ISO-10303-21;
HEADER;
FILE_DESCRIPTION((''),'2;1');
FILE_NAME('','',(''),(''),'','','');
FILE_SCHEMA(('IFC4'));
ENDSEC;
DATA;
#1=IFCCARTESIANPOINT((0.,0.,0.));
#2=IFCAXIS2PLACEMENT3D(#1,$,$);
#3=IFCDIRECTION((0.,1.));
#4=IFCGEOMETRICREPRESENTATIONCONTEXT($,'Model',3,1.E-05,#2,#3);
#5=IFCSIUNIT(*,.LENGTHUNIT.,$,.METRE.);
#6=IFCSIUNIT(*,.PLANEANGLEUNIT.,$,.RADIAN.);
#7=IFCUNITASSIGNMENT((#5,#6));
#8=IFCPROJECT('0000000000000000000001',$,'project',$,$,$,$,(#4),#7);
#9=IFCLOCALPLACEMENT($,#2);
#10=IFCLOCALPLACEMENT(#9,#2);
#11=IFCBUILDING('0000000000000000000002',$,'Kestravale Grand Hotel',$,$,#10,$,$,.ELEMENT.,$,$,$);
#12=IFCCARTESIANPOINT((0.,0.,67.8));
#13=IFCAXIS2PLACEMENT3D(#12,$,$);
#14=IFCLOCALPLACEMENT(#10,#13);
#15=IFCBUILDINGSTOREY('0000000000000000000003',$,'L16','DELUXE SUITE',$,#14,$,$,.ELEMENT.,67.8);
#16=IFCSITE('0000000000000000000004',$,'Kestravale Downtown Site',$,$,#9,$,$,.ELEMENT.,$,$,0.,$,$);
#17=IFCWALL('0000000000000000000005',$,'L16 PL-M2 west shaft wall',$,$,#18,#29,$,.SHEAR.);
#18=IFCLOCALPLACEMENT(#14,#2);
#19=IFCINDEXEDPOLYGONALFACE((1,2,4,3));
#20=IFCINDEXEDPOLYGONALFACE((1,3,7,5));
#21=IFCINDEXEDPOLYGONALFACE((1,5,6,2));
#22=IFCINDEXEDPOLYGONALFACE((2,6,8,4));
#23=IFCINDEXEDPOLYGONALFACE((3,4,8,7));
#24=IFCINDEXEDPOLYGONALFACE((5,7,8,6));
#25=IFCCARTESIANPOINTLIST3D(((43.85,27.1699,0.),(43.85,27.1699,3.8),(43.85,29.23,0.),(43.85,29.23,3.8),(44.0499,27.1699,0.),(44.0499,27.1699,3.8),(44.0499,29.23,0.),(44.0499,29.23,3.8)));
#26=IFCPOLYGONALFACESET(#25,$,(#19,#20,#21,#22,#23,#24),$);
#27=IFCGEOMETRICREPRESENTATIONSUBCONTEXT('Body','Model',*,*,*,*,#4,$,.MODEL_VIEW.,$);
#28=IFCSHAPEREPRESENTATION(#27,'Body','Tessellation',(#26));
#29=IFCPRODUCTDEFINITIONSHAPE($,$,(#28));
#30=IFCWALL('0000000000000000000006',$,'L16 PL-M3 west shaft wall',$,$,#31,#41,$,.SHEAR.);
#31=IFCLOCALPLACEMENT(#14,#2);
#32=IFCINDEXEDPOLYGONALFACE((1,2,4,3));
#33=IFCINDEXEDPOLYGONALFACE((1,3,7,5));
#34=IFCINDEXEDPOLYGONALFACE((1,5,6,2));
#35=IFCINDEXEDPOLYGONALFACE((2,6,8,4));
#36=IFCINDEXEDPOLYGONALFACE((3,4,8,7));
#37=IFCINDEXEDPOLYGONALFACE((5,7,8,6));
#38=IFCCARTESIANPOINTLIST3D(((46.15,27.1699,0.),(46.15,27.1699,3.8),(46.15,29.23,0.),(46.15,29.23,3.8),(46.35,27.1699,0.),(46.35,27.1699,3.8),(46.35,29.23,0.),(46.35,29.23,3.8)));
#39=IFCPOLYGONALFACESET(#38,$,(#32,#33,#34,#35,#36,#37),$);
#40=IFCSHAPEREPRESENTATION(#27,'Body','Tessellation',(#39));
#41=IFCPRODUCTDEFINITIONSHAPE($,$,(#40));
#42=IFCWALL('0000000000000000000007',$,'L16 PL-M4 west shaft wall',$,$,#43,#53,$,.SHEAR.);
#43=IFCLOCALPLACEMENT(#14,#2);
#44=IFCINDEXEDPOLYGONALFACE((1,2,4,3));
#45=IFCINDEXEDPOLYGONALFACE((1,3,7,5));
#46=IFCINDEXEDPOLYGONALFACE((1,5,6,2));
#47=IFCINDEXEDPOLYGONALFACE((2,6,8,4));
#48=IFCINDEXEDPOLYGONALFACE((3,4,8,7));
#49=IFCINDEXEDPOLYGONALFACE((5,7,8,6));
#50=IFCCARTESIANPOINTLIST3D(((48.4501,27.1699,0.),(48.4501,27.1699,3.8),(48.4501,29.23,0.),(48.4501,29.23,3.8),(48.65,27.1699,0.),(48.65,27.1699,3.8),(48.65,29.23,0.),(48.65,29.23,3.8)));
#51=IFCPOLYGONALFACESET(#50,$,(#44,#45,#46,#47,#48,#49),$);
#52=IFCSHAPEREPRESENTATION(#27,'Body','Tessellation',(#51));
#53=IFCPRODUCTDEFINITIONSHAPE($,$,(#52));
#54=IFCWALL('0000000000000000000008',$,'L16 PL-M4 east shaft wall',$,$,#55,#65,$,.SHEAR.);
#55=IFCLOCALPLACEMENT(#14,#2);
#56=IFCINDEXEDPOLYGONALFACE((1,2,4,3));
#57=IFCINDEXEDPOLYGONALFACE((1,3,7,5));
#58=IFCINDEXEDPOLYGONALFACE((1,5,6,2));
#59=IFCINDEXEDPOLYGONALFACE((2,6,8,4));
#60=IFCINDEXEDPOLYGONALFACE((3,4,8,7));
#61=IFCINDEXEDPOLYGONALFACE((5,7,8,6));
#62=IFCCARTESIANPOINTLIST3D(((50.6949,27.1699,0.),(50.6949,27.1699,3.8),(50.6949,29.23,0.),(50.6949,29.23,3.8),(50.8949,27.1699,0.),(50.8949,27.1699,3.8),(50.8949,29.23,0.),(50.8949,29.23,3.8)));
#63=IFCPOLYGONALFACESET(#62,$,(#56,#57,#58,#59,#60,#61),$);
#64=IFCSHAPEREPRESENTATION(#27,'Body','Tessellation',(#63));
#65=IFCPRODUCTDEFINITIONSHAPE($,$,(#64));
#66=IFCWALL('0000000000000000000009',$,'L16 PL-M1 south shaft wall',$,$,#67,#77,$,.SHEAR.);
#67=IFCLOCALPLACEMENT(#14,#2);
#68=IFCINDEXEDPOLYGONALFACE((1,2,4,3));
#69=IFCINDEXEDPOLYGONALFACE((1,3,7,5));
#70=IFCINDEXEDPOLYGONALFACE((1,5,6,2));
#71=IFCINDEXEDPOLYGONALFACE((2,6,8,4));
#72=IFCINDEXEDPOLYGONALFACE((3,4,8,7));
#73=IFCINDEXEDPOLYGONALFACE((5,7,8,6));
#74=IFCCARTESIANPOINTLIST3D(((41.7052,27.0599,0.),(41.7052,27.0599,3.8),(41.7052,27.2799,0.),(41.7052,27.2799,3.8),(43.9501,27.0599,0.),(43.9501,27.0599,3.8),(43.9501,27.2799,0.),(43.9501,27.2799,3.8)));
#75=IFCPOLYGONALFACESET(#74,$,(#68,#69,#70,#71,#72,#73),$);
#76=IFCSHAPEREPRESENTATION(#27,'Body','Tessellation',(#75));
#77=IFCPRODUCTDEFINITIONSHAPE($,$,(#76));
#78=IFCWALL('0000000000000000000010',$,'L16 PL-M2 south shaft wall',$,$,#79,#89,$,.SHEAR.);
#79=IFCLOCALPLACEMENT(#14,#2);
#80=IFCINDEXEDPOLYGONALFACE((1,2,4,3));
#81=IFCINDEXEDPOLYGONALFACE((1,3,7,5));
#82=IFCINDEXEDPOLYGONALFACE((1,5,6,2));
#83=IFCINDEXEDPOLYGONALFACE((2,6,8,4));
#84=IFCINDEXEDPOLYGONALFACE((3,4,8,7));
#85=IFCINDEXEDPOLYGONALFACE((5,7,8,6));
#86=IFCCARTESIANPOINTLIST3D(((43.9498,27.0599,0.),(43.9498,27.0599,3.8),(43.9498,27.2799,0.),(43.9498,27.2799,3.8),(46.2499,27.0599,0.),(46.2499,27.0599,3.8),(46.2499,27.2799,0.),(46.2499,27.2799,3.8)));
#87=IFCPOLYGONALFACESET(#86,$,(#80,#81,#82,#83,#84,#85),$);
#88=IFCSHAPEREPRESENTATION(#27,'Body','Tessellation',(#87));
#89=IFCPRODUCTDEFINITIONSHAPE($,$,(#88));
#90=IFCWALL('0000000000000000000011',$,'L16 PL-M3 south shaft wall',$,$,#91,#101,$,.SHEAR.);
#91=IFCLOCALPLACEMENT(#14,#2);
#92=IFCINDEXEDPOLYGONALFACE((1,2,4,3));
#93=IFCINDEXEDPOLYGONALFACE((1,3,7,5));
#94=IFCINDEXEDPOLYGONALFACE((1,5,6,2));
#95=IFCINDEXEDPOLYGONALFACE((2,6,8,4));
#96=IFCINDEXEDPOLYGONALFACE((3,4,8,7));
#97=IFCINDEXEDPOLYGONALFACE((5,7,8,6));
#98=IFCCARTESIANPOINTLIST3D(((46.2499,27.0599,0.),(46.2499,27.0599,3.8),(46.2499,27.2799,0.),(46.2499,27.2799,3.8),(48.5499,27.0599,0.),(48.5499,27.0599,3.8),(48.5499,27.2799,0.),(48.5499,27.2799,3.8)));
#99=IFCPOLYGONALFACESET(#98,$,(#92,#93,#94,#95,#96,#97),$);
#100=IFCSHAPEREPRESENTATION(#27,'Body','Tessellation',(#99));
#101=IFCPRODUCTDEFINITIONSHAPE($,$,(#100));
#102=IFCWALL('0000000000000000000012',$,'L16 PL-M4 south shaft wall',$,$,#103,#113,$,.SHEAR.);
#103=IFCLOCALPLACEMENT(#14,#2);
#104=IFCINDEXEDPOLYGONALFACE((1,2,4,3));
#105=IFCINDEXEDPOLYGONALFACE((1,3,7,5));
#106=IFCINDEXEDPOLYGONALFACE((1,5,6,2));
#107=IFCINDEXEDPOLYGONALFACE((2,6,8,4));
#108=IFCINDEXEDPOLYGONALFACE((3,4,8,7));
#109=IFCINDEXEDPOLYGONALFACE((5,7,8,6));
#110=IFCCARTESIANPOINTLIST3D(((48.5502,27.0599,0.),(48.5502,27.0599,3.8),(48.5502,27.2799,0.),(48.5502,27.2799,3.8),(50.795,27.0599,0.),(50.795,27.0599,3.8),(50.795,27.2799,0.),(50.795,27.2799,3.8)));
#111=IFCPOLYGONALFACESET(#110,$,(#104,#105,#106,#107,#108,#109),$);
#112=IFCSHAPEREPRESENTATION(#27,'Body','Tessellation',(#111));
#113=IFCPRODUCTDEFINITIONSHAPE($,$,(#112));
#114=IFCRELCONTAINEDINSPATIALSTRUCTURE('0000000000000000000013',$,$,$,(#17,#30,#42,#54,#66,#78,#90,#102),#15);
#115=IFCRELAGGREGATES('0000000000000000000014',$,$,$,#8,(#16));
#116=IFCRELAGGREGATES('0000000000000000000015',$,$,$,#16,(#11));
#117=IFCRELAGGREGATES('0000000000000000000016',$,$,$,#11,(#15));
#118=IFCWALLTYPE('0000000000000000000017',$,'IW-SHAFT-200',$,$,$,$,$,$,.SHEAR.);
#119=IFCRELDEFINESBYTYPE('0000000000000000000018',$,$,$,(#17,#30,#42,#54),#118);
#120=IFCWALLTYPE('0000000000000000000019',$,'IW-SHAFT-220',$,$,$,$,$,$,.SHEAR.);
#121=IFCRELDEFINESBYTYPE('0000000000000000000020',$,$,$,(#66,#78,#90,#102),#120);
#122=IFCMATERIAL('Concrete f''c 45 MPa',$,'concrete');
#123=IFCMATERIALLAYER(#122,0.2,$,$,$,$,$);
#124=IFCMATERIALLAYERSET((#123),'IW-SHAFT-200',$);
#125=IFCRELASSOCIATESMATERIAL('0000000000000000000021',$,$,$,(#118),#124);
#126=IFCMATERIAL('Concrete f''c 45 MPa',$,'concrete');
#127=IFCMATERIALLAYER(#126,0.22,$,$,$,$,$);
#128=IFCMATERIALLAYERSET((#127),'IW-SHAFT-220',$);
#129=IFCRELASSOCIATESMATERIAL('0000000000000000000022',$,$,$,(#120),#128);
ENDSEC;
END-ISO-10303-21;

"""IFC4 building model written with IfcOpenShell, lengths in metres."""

from ifc_helpers import new_model, si_unit, direction, frame, frame_2d, origin, place, context, subcontext, project, spatial, rectangle, extrude, material, layer, layer_set, type_object, element, save


model = new_model("IFC4")

# Units and contexts
model_context = context("Model", 3, precision=1e-05, world=origin(), true_north=direction((0.0, 1.0)))
body_context = subcontext(model_context, "Body", "Model", "MODEL_VIEW")
ifc_project = project(units=[si_unit("LENGTHUNIT", "METRE"), si_unit("PLANEANGLEUNIT", "RADIAN")], contexts=[model_context])

# Site, building, storey
site_placement = place(None, origin())
site = spatial("IfcSite", under=ifc_project, at=site_placement, Name="Kestravale Downtown Site", CompositionType="ELEMENT", RefElevation=0.0)
building_placement = place(site_placement, origin())
building = spatial("IfcBuilding", under=site, at=building_placement, Name="Kestravale Grand Hotel", CompositionType="ELEMENT")
storey_placement = place(building_placement, frame((0.0, 0.0, 67.8)))
storey = spatial("IfcBuildingStorey", under=building, at=storey_placement, Name="L16", Description="DELUXE SUITE", CompositionType="ELEMENT", Elevation=67.8)

# Walls
ifc_material_1 = material(Name="Concrete f'c 45 MPa", Category="concrete")
ifc_layer_1 = layer(ifc_material_1, 0.2)
ifc_layer_set_1 = layer_set([ifc_layer_1], Name="IW-SHAFT-200")
wall_type_1 = type_object("IfcWallType", Name="IW-SHAFT-200", PredefinedType="SHEAR", material=ifc_layer_set_1)
for number, where, z_axis, x_axis, name in (
    (1, (43.95, 27.1699, 0.0), (0.0, 0.0, 1.0), (0.0, 1.0, 0.0), "L16 PL-M2 west shaft wall"),
    (2, (46.25, 27.1699, 0.0), (0.0, 0.0, 1.0), (0.0, 1.0, 0.0), "L16 PL-M3 west shaft wall"),
    (3, (48.55, 27.1699, 0.0), (0.0, 0.0, 1.0), (0.0, 1.0, 0.0), "L16 PL-M4 west shaft wall"),
    (4, (50.7949, 27.1699, 0.0), (0.0, 0.0, 1.0), (0.0, 1.0, 0.0), "L16 PL-M4 east shaft wall"),
):
    element("IfcWall", number, at=place(storey_placement, frame(where, z_axis=z_axis, x_axis=x_axis)), inside=storey, type_object=wall_type_1, Name=name, PredefinedType="SHEAR", context=body_context, shape_type="SweptSolid", body=[
        extrude(rectangle(XDim=2.0601, YDim=0.2, at=frame_2d((1.03, 0.0))), origin(), (0.0, 0.0, 1.0), 3.8),
    ])
ifc_material_2 = material(Name="Concrete f'c 45 MPa", Category="concrete")
ifc_layer_2 = layer(ifc_material_2, 0.22)
ifc_layer_set_2 = layer_set([ifc_layer_2], Name="IW-SHAFT-220")
wall_type_2 = type_object("IfcWallType", Name="IW-SHAFT-220", PredefinedType="SHEAR", material=ifc_layer_set_2)
wall_1_placement = place(storey_placement, frame((41.7051, 27.1699, 0.0), z_axis=(0.0, 0.0, 1.0), x_axis=(1.0, 0.0, 0.0)))
element("IfcWall", 5, at=wall_1_placement, inside=storey, type_object=wall_type_2, Name="L16 PL-M1 south shaft wall", PredefinedType="SHEAR", context=body_context, shape_type="SweptSolid", body=[
    extrude(rectangle(XDim=2.2449, YDim=0.22, at=frame_2d((1.1226, 0.0))), origin(), (0.0, 0.0, 1.0), 3.8),
])
for number, where, z_axis, x_axis, name in (
    (6, (43.95, 27.1699, 0.0), (0.0, 0.0, 1.0), (1.0, 0.0, 0.0), "L16 PL-M2 south shaft wall"),
    (7, (46.25, 27.1699, 0.0), (0.0, 0.0, 1.0), (1.0, 0.0, 0.0), "L16 PL-M3 south shaft wall"),
):
    element("IfcWall", number, at=place(storey_placement, frame(where, z_axis=z_axis, x_axis=x_axis)), inside=storey, type_object=wall_type_2, Name=name, PredefinedType="SHEAR", context=body_context, shape_type="SweptSolid", body=[
        extrude(rectangle(XDim=2.3, YDim=0.22, at=frame_2d((1.1499, 0.0))), origin(), (0.0, 0.0, 1.0), 3.8),
    ])
wall_2_placement = place(storey_placement, frame((48.55, 27.1699, 0.0), z_axis=(0.0, 0.0, 1.0), x_axis=(1.0, 0.0, 0.0)))
element("IfcWall", 8, at=wall_2_placement, inside=storey, type_object=wall_type_2, Name="L16 PL-M4 south shaft wall", PredefinedType="SHEAR", context=body_context, shape_type="SweptSolid", body=[
    extrude(rectangle(XDim=2.2449, YDim=0.22, at=frame_2d((1.1226, 0.0))), origin(), (0.0, 0.0, 1.0), 3.8),
])

save(model, "model.ifc")
